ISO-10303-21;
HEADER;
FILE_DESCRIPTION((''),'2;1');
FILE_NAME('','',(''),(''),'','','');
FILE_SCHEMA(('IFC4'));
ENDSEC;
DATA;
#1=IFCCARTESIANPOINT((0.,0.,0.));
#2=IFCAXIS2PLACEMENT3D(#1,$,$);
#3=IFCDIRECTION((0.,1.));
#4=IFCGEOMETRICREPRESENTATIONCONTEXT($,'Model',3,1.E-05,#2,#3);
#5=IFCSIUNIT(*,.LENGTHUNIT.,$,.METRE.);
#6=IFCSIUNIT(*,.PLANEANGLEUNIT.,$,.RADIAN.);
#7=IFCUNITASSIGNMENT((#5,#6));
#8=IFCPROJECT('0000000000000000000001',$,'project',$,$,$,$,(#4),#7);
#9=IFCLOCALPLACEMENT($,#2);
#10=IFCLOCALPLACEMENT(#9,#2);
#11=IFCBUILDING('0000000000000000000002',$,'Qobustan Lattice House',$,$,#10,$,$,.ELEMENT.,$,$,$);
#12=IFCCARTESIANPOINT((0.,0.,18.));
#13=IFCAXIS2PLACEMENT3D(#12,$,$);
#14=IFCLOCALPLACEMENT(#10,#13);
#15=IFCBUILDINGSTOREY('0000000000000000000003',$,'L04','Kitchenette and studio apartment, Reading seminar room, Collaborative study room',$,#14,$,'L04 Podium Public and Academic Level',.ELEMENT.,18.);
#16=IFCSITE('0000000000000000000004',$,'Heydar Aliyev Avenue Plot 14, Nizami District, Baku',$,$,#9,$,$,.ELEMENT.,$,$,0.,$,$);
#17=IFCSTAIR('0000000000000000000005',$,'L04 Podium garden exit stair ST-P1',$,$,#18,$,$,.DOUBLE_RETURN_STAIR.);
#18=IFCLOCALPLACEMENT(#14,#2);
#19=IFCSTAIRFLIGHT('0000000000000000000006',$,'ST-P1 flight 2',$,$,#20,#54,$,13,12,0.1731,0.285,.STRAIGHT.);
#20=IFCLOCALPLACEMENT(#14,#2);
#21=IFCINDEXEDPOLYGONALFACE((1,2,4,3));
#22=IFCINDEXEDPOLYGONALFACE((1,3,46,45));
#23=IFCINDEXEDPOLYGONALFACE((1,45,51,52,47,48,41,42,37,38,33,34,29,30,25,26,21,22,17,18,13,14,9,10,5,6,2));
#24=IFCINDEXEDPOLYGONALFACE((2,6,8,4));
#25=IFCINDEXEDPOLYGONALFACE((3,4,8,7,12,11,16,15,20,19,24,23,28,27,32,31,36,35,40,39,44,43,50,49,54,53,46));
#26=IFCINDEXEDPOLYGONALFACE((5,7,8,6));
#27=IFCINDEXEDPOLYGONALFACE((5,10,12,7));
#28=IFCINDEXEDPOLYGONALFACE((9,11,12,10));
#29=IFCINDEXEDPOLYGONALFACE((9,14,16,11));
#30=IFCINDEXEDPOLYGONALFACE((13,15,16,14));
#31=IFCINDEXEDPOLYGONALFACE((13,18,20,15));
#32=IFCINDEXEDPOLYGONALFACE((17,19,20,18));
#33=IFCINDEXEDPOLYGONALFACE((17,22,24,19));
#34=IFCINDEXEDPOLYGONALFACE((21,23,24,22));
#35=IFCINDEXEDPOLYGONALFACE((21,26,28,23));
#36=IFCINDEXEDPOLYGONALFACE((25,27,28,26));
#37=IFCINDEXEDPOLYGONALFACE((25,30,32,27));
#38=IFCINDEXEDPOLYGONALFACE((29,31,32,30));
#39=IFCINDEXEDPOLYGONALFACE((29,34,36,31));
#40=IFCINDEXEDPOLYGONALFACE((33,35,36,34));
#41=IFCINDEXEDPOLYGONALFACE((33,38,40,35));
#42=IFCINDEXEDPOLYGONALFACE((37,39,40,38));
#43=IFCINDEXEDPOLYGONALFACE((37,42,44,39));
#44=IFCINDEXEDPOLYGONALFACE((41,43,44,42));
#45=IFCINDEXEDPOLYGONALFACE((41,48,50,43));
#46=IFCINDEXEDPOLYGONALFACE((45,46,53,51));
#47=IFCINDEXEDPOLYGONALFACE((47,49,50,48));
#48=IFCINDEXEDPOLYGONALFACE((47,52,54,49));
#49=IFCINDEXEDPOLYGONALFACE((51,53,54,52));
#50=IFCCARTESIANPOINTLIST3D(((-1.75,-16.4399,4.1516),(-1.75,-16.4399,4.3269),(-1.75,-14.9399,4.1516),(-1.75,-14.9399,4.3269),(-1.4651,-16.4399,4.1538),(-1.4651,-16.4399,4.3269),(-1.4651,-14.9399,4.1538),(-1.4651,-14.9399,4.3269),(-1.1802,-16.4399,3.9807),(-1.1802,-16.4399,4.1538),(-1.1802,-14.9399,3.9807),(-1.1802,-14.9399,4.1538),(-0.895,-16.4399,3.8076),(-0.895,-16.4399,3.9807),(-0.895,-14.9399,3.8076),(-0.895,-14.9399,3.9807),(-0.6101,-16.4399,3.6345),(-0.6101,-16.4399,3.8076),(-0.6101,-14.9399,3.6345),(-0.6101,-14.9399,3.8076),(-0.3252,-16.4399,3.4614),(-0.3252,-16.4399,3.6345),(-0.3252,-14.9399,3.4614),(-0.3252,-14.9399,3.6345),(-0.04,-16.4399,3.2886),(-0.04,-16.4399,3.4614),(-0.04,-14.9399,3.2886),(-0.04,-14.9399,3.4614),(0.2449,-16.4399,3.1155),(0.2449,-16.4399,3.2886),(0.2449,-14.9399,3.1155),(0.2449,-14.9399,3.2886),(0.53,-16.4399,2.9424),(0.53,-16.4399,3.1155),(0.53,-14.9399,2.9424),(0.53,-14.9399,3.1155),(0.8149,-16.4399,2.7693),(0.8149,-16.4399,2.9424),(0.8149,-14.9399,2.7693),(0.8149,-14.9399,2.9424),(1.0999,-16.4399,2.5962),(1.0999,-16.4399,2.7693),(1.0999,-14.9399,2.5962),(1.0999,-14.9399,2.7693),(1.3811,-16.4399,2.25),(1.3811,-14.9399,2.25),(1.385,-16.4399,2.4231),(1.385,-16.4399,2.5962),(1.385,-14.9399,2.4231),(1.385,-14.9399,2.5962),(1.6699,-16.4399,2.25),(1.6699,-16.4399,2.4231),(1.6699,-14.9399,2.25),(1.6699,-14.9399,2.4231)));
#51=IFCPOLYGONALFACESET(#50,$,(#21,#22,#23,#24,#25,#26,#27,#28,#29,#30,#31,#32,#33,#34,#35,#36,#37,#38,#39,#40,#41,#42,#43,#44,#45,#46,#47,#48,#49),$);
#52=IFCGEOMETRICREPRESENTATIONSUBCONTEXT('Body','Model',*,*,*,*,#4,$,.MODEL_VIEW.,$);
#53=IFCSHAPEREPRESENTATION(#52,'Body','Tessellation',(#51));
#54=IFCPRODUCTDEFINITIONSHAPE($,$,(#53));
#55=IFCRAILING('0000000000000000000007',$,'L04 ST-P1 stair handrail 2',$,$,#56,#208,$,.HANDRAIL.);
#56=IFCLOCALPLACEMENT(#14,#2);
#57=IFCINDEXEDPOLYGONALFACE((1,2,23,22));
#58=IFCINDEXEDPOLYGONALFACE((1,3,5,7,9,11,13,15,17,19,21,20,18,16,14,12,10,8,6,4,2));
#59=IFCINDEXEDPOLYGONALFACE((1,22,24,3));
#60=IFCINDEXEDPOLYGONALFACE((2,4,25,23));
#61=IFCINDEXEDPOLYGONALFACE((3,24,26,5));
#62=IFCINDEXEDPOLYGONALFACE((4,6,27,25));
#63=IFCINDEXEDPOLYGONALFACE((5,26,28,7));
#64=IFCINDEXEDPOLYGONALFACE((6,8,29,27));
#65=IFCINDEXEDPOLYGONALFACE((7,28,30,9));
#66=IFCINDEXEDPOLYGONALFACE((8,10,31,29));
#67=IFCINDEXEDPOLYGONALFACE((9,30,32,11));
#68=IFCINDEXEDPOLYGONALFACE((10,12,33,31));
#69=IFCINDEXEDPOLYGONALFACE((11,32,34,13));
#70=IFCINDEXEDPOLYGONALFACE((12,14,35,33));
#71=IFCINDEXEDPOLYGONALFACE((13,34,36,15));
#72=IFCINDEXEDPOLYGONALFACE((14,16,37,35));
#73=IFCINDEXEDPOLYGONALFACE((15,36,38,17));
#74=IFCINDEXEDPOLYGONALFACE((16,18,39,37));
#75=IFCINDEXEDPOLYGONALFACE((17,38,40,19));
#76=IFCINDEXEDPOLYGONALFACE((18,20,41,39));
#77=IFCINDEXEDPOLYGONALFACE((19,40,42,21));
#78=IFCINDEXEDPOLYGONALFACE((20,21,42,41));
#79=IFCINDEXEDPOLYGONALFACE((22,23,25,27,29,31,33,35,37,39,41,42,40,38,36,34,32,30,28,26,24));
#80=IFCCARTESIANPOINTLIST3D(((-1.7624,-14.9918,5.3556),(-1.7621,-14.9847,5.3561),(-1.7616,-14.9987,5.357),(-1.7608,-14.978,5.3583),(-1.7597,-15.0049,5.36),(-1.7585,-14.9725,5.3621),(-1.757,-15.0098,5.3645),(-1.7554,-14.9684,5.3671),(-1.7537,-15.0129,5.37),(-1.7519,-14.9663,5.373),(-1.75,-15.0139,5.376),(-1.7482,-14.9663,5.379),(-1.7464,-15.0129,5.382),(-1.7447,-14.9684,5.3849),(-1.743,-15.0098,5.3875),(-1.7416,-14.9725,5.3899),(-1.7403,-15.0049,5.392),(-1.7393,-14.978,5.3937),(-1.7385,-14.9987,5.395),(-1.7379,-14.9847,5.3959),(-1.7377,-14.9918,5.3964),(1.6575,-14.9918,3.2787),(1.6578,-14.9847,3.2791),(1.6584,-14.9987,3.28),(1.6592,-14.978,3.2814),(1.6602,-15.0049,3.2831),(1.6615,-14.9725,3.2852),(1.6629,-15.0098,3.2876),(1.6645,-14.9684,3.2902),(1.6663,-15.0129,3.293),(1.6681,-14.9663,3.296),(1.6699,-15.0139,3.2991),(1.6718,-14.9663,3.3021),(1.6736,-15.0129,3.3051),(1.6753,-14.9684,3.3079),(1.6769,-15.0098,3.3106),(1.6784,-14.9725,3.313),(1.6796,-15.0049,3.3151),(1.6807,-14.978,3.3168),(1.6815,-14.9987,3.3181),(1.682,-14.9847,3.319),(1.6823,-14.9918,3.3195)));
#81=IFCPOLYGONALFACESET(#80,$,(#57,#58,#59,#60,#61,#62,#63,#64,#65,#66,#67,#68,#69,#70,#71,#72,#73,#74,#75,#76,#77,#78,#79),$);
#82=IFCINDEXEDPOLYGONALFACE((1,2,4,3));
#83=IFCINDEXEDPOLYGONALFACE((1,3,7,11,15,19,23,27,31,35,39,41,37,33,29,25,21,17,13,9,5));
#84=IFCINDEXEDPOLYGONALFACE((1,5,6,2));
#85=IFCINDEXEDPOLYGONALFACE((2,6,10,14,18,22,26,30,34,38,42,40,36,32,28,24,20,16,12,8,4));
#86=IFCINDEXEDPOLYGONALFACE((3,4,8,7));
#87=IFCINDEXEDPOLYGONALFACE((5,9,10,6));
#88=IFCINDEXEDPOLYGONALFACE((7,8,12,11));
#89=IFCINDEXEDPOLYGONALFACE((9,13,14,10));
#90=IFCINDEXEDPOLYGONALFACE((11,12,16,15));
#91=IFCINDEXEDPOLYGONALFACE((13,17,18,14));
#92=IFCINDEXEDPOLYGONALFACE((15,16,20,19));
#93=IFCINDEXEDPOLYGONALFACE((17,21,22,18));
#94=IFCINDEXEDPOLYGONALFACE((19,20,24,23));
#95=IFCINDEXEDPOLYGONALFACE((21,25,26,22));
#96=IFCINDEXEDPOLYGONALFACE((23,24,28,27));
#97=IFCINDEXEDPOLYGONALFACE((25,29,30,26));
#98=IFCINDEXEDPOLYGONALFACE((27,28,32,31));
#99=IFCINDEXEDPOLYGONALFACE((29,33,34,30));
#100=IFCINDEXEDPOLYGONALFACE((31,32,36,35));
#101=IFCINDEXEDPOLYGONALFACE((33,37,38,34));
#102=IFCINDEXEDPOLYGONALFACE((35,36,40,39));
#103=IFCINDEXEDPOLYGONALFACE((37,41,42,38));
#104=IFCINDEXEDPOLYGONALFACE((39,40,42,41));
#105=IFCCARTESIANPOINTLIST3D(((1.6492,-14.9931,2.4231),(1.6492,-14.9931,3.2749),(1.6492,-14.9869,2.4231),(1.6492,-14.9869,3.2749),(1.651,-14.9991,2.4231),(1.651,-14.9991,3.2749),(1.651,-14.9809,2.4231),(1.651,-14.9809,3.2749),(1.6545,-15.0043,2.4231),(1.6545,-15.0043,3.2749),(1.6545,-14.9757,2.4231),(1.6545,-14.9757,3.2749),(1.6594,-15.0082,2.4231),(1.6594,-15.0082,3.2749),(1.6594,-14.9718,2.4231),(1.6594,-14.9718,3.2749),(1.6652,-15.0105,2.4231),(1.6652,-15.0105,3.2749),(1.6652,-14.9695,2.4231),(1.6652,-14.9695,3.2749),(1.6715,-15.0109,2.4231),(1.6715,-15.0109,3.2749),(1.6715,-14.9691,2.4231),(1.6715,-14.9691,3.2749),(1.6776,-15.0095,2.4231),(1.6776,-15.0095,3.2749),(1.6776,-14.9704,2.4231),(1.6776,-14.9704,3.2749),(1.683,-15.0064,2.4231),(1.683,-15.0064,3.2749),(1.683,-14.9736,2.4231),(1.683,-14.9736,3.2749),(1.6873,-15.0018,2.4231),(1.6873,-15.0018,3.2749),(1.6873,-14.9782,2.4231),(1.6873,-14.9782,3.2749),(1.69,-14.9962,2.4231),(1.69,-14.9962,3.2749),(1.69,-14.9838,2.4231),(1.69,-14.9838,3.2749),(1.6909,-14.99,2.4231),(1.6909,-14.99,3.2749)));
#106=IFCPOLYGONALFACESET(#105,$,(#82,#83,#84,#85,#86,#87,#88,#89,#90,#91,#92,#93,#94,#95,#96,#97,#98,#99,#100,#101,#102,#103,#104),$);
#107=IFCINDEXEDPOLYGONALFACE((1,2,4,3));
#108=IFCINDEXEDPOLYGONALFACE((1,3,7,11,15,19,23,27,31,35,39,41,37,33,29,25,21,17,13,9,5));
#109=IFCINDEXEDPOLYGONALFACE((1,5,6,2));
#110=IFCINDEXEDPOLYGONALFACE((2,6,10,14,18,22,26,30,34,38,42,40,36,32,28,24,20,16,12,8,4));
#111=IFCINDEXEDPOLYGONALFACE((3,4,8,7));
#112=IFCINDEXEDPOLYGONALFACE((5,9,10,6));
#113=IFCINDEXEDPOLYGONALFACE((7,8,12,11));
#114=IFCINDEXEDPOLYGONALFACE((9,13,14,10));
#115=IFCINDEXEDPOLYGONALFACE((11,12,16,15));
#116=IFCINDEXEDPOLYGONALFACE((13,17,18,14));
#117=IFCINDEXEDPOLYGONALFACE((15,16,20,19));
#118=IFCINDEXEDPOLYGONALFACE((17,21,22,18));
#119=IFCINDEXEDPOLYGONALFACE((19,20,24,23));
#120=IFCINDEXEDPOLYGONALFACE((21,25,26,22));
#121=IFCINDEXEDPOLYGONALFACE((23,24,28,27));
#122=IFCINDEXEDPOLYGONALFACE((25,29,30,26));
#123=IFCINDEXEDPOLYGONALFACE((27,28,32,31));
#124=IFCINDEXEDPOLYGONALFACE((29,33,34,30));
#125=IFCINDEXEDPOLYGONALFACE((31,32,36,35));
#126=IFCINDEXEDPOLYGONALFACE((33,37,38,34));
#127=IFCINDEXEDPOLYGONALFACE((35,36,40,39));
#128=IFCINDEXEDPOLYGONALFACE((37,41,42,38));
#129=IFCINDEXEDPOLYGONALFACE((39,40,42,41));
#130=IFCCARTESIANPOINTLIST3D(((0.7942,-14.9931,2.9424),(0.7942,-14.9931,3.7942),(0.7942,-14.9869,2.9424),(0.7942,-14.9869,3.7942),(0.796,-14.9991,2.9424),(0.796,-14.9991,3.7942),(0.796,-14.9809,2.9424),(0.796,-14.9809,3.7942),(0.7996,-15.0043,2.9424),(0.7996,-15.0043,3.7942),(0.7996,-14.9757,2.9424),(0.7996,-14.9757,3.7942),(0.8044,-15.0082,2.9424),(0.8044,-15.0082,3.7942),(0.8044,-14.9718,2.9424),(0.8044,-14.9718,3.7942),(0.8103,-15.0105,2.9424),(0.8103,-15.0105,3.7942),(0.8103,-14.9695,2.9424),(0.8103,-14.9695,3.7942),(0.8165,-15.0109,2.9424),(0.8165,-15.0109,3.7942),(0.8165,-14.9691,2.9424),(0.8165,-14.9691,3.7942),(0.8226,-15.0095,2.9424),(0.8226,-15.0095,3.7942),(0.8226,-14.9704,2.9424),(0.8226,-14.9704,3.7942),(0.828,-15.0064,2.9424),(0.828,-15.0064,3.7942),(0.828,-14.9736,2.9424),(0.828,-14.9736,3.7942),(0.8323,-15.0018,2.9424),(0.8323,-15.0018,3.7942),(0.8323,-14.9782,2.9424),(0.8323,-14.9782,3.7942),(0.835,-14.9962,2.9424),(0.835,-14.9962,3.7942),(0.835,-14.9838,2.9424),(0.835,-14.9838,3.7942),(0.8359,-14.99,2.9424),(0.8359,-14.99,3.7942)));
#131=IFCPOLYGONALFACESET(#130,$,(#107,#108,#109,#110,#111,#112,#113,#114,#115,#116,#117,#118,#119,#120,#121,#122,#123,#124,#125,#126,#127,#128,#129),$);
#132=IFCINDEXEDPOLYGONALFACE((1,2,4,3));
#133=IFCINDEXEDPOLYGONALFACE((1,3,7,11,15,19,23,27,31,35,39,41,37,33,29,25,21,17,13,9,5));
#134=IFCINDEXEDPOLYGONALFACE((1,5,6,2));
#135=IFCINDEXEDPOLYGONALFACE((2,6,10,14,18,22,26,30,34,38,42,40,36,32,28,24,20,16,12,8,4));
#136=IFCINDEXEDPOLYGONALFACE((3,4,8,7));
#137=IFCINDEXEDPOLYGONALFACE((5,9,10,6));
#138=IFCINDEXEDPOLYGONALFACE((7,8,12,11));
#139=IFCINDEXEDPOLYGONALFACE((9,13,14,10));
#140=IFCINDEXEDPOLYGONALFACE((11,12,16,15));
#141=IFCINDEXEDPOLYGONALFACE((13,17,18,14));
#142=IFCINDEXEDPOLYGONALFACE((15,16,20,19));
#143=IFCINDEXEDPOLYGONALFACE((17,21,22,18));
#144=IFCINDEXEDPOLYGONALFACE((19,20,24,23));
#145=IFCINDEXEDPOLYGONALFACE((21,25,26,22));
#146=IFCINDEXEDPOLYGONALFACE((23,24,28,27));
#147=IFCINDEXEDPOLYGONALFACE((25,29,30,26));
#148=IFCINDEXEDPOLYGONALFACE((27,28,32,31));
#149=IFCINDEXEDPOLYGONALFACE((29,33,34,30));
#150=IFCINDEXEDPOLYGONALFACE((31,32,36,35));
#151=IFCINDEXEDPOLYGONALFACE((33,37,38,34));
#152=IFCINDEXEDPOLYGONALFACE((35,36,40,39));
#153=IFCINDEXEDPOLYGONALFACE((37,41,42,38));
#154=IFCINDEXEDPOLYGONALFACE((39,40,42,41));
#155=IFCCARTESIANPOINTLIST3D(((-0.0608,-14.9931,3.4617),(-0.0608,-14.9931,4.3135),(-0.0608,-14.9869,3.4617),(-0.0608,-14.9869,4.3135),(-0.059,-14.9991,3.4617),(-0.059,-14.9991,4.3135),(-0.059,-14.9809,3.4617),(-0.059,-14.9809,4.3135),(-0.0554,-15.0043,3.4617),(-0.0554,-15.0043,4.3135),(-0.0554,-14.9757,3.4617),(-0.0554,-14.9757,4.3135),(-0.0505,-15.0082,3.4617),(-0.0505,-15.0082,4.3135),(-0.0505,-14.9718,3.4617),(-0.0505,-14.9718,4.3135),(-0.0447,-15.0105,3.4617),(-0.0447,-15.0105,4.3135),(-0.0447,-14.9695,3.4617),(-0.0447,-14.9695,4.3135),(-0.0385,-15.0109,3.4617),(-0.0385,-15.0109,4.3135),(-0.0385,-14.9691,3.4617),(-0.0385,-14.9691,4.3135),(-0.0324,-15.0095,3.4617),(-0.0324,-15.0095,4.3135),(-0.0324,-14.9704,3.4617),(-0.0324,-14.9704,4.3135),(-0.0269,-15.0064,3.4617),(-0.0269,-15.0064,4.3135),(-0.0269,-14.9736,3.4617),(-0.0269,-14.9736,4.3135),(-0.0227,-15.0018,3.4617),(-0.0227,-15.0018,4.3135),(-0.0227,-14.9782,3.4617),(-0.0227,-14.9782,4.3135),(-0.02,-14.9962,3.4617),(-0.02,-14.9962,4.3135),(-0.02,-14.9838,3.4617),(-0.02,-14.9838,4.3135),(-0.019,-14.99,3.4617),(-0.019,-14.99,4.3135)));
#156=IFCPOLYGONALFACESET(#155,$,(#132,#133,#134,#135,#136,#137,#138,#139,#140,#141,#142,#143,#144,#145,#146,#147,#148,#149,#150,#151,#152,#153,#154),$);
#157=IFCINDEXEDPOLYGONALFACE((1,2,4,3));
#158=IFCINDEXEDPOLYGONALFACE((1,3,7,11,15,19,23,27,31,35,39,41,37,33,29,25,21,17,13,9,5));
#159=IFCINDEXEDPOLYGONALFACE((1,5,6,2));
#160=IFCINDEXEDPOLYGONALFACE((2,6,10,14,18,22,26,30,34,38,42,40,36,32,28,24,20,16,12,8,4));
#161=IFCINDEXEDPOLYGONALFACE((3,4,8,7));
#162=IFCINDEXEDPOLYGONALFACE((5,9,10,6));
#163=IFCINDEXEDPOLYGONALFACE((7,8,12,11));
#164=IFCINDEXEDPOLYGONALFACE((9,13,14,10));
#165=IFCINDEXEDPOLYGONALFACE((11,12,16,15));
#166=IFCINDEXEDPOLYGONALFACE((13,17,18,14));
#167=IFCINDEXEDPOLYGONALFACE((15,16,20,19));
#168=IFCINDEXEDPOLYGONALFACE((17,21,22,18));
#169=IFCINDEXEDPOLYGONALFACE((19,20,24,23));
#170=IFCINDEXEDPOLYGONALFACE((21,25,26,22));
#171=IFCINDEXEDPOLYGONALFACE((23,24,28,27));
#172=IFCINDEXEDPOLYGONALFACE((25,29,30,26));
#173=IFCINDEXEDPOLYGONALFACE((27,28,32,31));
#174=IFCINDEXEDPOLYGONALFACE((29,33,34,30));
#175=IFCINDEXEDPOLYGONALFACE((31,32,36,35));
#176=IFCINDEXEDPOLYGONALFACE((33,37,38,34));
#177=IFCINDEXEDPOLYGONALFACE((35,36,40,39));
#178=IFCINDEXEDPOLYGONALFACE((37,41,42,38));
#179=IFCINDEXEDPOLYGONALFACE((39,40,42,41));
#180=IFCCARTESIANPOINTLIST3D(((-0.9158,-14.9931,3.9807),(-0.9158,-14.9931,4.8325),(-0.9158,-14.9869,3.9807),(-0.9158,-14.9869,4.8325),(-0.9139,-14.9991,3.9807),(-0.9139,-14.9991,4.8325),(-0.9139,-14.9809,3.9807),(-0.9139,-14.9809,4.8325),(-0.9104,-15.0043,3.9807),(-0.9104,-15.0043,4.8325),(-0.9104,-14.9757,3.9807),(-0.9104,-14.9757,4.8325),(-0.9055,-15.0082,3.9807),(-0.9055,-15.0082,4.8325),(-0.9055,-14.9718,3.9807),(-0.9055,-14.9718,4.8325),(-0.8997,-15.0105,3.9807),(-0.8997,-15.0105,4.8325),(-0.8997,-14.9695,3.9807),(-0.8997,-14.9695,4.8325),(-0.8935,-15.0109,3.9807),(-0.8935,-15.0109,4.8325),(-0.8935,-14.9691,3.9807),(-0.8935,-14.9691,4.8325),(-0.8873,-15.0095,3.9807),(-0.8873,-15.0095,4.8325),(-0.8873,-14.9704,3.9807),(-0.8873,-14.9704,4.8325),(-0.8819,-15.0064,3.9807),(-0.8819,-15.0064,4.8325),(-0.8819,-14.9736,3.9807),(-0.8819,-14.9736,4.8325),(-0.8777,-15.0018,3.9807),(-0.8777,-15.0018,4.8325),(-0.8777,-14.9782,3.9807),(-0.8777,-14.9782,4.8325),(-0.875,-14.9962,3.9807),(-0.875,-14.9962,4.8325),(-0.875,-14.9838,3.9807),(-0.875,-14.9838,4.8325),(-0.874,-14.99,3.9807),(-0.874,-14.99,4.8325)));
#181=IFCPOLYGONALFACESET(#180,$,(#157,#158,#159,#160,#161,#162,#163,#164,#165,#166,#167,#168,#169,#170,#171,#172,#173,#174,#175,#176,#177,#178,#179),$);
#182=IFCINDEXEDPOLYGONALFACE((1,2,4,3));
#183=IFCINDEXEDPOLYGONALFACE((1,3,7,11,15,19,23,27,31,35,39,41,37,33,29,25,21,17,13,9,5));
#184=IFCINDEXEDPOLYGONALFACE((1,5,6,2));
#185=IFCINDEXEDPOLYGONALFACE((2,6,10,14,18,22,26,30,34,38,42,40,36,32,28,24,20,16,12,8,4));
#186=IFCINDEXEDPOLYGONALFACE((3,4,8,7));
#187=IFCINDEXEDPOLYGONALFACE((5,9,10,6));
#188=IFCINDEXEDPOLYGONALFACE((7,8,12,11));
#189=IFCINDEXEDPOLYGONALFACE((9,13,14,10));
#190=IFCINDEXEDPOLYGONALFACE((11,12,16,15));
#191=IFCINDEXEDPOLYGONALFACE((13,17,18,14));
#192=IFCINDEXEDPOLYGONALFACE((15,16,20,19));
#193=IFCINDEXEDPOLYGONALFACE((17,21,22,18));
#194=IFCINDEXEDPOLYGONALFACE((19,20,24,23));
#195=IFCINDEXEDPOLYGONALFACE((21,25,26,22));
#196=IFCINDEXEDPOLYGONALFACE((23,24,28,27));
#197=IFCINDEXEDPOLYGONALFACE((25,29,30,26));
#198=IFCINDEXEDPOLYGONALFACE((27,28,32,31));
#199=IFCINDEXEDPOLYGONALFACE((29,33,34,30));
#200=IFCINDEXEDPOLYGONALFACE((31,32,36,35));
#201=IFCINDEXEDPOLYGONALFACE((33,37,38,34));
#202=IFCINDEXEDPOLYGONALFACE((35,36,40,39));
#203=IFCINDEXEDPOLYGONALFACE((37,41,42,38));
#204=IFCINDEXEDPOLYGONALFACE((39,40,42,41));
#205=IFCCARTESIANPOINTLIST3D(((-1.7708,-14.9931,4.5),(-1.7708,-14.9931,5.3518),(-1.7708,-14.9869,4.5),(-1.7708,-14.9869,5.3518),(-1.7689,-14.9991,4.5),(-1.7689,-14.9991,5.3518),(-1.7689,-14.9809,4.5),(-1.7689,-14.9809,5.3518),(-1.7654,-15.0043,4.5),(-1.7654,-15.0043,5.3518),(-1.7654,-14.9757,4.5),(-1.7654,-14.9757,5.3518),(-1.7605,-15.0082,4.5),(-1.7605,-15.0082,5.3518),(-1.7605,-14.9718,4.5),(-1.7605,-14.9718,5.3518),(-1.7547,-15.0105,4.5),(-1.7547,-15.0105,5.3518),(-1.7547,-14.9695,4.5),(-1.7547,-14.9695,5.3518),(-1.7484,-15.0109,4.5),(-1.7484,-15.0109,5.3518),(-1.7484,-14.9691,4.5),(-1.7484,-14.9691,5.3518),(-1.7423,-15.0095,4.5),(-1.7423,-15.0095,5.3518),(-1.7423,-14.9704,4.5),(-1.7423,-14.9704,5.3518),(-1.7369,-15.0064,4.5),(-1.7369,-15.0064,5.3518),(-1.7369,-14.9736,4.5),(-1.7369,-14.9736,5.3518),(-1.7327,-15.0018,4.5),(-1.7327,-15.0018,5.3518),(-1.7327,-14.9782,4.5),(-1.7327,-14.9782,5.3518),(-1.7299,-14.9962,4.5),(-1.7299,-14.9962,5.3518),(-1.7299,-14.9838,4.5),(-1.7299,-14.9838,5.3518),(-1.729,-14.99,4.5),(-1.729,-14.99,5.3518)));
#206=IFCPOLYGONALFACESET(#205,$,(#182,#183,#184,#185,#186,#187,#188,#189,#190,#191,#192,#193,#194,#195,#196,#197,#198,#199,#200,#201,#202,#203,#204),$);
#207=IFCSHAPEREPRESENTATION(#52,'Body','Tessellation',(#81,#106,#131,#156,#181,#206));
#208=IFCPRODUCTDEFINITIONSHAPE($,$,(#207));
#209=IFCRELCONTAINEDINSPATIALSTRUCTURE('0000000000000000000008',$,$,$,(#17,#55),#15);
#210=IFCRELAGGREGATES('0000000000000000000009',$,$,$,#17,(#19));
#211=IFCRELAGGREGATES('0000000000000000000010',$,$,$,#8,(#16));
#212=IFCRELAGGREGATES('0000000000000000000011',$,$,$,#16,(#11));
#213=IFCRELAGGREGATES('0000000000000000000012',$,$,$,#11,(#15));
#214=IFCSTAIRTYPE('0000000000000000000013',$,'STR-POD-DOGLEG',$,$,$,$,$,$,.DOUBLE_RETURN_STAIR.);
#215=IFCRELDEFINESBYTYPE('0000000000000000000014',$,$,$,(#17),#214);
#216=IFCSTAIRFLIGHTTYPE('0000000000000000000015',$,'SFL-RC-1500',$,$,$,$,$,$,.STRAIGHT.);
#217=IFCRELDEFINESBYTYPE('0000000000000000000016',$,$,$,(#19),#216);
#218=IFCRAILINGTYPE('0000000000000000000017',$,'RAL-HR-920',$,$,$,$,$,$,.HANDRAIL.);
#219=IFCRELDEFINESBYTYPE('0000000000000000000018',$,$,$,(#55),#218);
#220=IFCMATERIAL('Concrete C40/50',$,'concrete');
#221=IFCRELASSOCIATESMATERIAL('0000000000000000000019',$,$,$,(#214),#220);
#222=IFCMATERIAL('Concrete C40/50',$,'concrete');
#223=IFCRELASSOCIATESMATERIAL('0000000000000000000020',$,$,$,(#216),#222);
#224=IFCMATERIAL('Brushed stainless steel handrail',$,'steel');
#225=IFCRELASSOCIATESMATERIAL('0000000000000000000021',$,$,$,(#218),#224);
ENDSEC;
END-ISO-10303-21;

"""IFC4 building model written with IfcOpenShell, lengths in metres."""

from ifc_helpers import new_model, si_unit, direction, frame, origin, origin_2d, place, context, subcontext, project, spatial, polyline, circle, outline, extrude, material, type_object, element, aggregate, save


model = new_model("IFC4")

# Units and contexts
model_context = context("Model", 3, precision=1e-05, world=origin(), true_north=direction((0.0, 1.0)))
body_context = subcontext(model_context, "Body", "Model", "MODEL_VIEW")
ifc_project = project(units=[si_unit("LENGTHUNIT", "METRE"), si_unit("PLANEANGLEUNIT", "RADIAN")], contexts=[model_context])

# Site, building, storey
site_placement = place(None, origin())
site = spatial("IfcSite", under=ifc_project, at=site_placement, Name="Heydar Aliyev Avenue Plot 14, Nizami District, Baku", CompositionType="ELEMENT", RefElevation=0.0)
building_placement = place(site_placement, origin())
building = spatial("IfcBuilding", under=site, at=building_placement, Name="Qobustan Lattice House", CompositionType="ELEMENT")
storey_placement = place(building_placement, frame((0.0, 0.0, 18.0)))
storey = spatial("IfcBuildingStorey", under=building, at=storey_placement, Name="L04", Description="Kitchenette and studio apartment, Reading seminar room, Collaborative study room", LongName="L04 Podium Public and Academic Level", CompositionType="ELEMENT", Elevation=18.0)

# Stair, stair flight
ifc_material_1 = material(Name="Concrete C40/50", Category="concrete")
stair_type = type_object("IfcStairType", Name="STR-POD-DOGLEG", PredefinedType="DOUBLE_RETURN_STAIR", material=ifc_material_1)
stair_placement = place(storey_placement, origin())
stair = element("IfcStair", 1, at=stair_placement, inside=storey, type_object=stair_type, Name="L04 Podium garden exit stair ST-P1", PredefinedType="DOUBLE_RETURN_STAIR")
ifc_material_2 = material(Name="Concrete C40/50", Category="concrete")
stair_flight_type = type_object("IfcStairFlightType", Name="SFL-RC-1500", PredefinedType="STRAIGHT", material=ifc_material_2)
stair_flight_placement = place(storey_placement, frame((1.6699, -15.6899, 2.25), z_axis=(0.0, 0.0, 1.0), x_axis=(-1.0, 0.0, 0.0)))
stair_flight = element("IfcStairFlight", 2, at=stair_flight_placement, type_object=stair_flight_type, Name="ST-P1 flight 2", NumberOfRisers=13, NumberOfTreads=12, PredefinedType="STRAIGHT", RiserHeight=0.1731, TreadLength=0.285, context=body_context, shape_type="SweptSolid", body=[
    extrude(outline(polyline([(0.0, 0.0), (0.0, 0.1731), (0.2849, 0.1731), (0.2849, 0.3462), (0.5701, 0.3462), (0.5701, 0.5193), (0.855, 0.5193), (0.855, 0.6924), (1.1399, 0.6924), (1.1399, 0.8655), (1.425, 0.8655), (1.425, 1.0386), (1.71, 1.0386), (1.71, 1.2114), (1.9951, 1.2114), (1.9951, 1.3845), (2.28, 1.3845), (2.28, 1.5576), (2.5649, 1.5576), (2.5649, 1.7307), (2.8501, 1.7307), (2.8501, 1.9038), (3.135, 1.9038), (3.135, 2.0769), (3.4199, 2.0769), (3.4199, 2.25), (3.4199, 1.9016), (0.2888, 0.0), (0.0, 0.0)])), frame((0.0, 0.75, 0.0), z_axis=(0.0, -1.0, 0.0), x_axis=(1.0, 0.0, 0.0)), (0.0, 0.0, 1.0), 1.5),
])
aggregate(stair, [stair_flight])

# Railing
ifc_material_3 = material(Name="Brushed stainless steel handrail", Category="steel")
railing_type_1 = type_object("IfcRailingType", Name="RAL-HR-920", PredefinedType="HANDRAIL", material=ifc_material_3)
railing_1_placement = place(storey_placement, frame((1.6699, -14.99, 2.4231)))
element("IfcRailing", 3, at=railing_1_placement, inside=storey, type_object=railing_type_1, Name="L04 ST-P1 stair handrail 2", PredefinedType="HANDRAIL", context=body_context, shape_type="SweptSolid", body=[
    extrude(circle(Radius=0.0239, at=origin_2d()), frame((0.0, 0.0, 0.876), z_axis=(-0.85473, 0.0, 0.519074), x_axis=(0.0, -1.0, 0.0)), (0.0, 0.0, 1.0), 4.0012),
    extrude(circle(Radius=0.021, at=origin_2d()), origin(), (0.0, 0.0, 1.0), 0.8518),
    extrude(circle(Radius=0.021, at=origin_2d()), frame((-0.855, 0.0, 0.5193)), (0.0, 0.0, 1.0), 0.8518),
    extrude(circle(Radius=0.021, at=origin_2d()), frame((-1.71, 0.0, 1.0386)), (0.0, 0.0, 1.0), 0.8518),
    extrude(circle(Radius=0.021, at=origin_2d()), frame((-2.5649, 0.0, 1.5576)), (0.0, 0.0, 1.0), 0.8518),
    extrude(circle(Radius=0.021, at=origin_2d()), frame((-3.4199, 0.0, 2.0769)), (0.0, 0.0, 1.0), 0.8518),
])

save(model, "model.ifc")
